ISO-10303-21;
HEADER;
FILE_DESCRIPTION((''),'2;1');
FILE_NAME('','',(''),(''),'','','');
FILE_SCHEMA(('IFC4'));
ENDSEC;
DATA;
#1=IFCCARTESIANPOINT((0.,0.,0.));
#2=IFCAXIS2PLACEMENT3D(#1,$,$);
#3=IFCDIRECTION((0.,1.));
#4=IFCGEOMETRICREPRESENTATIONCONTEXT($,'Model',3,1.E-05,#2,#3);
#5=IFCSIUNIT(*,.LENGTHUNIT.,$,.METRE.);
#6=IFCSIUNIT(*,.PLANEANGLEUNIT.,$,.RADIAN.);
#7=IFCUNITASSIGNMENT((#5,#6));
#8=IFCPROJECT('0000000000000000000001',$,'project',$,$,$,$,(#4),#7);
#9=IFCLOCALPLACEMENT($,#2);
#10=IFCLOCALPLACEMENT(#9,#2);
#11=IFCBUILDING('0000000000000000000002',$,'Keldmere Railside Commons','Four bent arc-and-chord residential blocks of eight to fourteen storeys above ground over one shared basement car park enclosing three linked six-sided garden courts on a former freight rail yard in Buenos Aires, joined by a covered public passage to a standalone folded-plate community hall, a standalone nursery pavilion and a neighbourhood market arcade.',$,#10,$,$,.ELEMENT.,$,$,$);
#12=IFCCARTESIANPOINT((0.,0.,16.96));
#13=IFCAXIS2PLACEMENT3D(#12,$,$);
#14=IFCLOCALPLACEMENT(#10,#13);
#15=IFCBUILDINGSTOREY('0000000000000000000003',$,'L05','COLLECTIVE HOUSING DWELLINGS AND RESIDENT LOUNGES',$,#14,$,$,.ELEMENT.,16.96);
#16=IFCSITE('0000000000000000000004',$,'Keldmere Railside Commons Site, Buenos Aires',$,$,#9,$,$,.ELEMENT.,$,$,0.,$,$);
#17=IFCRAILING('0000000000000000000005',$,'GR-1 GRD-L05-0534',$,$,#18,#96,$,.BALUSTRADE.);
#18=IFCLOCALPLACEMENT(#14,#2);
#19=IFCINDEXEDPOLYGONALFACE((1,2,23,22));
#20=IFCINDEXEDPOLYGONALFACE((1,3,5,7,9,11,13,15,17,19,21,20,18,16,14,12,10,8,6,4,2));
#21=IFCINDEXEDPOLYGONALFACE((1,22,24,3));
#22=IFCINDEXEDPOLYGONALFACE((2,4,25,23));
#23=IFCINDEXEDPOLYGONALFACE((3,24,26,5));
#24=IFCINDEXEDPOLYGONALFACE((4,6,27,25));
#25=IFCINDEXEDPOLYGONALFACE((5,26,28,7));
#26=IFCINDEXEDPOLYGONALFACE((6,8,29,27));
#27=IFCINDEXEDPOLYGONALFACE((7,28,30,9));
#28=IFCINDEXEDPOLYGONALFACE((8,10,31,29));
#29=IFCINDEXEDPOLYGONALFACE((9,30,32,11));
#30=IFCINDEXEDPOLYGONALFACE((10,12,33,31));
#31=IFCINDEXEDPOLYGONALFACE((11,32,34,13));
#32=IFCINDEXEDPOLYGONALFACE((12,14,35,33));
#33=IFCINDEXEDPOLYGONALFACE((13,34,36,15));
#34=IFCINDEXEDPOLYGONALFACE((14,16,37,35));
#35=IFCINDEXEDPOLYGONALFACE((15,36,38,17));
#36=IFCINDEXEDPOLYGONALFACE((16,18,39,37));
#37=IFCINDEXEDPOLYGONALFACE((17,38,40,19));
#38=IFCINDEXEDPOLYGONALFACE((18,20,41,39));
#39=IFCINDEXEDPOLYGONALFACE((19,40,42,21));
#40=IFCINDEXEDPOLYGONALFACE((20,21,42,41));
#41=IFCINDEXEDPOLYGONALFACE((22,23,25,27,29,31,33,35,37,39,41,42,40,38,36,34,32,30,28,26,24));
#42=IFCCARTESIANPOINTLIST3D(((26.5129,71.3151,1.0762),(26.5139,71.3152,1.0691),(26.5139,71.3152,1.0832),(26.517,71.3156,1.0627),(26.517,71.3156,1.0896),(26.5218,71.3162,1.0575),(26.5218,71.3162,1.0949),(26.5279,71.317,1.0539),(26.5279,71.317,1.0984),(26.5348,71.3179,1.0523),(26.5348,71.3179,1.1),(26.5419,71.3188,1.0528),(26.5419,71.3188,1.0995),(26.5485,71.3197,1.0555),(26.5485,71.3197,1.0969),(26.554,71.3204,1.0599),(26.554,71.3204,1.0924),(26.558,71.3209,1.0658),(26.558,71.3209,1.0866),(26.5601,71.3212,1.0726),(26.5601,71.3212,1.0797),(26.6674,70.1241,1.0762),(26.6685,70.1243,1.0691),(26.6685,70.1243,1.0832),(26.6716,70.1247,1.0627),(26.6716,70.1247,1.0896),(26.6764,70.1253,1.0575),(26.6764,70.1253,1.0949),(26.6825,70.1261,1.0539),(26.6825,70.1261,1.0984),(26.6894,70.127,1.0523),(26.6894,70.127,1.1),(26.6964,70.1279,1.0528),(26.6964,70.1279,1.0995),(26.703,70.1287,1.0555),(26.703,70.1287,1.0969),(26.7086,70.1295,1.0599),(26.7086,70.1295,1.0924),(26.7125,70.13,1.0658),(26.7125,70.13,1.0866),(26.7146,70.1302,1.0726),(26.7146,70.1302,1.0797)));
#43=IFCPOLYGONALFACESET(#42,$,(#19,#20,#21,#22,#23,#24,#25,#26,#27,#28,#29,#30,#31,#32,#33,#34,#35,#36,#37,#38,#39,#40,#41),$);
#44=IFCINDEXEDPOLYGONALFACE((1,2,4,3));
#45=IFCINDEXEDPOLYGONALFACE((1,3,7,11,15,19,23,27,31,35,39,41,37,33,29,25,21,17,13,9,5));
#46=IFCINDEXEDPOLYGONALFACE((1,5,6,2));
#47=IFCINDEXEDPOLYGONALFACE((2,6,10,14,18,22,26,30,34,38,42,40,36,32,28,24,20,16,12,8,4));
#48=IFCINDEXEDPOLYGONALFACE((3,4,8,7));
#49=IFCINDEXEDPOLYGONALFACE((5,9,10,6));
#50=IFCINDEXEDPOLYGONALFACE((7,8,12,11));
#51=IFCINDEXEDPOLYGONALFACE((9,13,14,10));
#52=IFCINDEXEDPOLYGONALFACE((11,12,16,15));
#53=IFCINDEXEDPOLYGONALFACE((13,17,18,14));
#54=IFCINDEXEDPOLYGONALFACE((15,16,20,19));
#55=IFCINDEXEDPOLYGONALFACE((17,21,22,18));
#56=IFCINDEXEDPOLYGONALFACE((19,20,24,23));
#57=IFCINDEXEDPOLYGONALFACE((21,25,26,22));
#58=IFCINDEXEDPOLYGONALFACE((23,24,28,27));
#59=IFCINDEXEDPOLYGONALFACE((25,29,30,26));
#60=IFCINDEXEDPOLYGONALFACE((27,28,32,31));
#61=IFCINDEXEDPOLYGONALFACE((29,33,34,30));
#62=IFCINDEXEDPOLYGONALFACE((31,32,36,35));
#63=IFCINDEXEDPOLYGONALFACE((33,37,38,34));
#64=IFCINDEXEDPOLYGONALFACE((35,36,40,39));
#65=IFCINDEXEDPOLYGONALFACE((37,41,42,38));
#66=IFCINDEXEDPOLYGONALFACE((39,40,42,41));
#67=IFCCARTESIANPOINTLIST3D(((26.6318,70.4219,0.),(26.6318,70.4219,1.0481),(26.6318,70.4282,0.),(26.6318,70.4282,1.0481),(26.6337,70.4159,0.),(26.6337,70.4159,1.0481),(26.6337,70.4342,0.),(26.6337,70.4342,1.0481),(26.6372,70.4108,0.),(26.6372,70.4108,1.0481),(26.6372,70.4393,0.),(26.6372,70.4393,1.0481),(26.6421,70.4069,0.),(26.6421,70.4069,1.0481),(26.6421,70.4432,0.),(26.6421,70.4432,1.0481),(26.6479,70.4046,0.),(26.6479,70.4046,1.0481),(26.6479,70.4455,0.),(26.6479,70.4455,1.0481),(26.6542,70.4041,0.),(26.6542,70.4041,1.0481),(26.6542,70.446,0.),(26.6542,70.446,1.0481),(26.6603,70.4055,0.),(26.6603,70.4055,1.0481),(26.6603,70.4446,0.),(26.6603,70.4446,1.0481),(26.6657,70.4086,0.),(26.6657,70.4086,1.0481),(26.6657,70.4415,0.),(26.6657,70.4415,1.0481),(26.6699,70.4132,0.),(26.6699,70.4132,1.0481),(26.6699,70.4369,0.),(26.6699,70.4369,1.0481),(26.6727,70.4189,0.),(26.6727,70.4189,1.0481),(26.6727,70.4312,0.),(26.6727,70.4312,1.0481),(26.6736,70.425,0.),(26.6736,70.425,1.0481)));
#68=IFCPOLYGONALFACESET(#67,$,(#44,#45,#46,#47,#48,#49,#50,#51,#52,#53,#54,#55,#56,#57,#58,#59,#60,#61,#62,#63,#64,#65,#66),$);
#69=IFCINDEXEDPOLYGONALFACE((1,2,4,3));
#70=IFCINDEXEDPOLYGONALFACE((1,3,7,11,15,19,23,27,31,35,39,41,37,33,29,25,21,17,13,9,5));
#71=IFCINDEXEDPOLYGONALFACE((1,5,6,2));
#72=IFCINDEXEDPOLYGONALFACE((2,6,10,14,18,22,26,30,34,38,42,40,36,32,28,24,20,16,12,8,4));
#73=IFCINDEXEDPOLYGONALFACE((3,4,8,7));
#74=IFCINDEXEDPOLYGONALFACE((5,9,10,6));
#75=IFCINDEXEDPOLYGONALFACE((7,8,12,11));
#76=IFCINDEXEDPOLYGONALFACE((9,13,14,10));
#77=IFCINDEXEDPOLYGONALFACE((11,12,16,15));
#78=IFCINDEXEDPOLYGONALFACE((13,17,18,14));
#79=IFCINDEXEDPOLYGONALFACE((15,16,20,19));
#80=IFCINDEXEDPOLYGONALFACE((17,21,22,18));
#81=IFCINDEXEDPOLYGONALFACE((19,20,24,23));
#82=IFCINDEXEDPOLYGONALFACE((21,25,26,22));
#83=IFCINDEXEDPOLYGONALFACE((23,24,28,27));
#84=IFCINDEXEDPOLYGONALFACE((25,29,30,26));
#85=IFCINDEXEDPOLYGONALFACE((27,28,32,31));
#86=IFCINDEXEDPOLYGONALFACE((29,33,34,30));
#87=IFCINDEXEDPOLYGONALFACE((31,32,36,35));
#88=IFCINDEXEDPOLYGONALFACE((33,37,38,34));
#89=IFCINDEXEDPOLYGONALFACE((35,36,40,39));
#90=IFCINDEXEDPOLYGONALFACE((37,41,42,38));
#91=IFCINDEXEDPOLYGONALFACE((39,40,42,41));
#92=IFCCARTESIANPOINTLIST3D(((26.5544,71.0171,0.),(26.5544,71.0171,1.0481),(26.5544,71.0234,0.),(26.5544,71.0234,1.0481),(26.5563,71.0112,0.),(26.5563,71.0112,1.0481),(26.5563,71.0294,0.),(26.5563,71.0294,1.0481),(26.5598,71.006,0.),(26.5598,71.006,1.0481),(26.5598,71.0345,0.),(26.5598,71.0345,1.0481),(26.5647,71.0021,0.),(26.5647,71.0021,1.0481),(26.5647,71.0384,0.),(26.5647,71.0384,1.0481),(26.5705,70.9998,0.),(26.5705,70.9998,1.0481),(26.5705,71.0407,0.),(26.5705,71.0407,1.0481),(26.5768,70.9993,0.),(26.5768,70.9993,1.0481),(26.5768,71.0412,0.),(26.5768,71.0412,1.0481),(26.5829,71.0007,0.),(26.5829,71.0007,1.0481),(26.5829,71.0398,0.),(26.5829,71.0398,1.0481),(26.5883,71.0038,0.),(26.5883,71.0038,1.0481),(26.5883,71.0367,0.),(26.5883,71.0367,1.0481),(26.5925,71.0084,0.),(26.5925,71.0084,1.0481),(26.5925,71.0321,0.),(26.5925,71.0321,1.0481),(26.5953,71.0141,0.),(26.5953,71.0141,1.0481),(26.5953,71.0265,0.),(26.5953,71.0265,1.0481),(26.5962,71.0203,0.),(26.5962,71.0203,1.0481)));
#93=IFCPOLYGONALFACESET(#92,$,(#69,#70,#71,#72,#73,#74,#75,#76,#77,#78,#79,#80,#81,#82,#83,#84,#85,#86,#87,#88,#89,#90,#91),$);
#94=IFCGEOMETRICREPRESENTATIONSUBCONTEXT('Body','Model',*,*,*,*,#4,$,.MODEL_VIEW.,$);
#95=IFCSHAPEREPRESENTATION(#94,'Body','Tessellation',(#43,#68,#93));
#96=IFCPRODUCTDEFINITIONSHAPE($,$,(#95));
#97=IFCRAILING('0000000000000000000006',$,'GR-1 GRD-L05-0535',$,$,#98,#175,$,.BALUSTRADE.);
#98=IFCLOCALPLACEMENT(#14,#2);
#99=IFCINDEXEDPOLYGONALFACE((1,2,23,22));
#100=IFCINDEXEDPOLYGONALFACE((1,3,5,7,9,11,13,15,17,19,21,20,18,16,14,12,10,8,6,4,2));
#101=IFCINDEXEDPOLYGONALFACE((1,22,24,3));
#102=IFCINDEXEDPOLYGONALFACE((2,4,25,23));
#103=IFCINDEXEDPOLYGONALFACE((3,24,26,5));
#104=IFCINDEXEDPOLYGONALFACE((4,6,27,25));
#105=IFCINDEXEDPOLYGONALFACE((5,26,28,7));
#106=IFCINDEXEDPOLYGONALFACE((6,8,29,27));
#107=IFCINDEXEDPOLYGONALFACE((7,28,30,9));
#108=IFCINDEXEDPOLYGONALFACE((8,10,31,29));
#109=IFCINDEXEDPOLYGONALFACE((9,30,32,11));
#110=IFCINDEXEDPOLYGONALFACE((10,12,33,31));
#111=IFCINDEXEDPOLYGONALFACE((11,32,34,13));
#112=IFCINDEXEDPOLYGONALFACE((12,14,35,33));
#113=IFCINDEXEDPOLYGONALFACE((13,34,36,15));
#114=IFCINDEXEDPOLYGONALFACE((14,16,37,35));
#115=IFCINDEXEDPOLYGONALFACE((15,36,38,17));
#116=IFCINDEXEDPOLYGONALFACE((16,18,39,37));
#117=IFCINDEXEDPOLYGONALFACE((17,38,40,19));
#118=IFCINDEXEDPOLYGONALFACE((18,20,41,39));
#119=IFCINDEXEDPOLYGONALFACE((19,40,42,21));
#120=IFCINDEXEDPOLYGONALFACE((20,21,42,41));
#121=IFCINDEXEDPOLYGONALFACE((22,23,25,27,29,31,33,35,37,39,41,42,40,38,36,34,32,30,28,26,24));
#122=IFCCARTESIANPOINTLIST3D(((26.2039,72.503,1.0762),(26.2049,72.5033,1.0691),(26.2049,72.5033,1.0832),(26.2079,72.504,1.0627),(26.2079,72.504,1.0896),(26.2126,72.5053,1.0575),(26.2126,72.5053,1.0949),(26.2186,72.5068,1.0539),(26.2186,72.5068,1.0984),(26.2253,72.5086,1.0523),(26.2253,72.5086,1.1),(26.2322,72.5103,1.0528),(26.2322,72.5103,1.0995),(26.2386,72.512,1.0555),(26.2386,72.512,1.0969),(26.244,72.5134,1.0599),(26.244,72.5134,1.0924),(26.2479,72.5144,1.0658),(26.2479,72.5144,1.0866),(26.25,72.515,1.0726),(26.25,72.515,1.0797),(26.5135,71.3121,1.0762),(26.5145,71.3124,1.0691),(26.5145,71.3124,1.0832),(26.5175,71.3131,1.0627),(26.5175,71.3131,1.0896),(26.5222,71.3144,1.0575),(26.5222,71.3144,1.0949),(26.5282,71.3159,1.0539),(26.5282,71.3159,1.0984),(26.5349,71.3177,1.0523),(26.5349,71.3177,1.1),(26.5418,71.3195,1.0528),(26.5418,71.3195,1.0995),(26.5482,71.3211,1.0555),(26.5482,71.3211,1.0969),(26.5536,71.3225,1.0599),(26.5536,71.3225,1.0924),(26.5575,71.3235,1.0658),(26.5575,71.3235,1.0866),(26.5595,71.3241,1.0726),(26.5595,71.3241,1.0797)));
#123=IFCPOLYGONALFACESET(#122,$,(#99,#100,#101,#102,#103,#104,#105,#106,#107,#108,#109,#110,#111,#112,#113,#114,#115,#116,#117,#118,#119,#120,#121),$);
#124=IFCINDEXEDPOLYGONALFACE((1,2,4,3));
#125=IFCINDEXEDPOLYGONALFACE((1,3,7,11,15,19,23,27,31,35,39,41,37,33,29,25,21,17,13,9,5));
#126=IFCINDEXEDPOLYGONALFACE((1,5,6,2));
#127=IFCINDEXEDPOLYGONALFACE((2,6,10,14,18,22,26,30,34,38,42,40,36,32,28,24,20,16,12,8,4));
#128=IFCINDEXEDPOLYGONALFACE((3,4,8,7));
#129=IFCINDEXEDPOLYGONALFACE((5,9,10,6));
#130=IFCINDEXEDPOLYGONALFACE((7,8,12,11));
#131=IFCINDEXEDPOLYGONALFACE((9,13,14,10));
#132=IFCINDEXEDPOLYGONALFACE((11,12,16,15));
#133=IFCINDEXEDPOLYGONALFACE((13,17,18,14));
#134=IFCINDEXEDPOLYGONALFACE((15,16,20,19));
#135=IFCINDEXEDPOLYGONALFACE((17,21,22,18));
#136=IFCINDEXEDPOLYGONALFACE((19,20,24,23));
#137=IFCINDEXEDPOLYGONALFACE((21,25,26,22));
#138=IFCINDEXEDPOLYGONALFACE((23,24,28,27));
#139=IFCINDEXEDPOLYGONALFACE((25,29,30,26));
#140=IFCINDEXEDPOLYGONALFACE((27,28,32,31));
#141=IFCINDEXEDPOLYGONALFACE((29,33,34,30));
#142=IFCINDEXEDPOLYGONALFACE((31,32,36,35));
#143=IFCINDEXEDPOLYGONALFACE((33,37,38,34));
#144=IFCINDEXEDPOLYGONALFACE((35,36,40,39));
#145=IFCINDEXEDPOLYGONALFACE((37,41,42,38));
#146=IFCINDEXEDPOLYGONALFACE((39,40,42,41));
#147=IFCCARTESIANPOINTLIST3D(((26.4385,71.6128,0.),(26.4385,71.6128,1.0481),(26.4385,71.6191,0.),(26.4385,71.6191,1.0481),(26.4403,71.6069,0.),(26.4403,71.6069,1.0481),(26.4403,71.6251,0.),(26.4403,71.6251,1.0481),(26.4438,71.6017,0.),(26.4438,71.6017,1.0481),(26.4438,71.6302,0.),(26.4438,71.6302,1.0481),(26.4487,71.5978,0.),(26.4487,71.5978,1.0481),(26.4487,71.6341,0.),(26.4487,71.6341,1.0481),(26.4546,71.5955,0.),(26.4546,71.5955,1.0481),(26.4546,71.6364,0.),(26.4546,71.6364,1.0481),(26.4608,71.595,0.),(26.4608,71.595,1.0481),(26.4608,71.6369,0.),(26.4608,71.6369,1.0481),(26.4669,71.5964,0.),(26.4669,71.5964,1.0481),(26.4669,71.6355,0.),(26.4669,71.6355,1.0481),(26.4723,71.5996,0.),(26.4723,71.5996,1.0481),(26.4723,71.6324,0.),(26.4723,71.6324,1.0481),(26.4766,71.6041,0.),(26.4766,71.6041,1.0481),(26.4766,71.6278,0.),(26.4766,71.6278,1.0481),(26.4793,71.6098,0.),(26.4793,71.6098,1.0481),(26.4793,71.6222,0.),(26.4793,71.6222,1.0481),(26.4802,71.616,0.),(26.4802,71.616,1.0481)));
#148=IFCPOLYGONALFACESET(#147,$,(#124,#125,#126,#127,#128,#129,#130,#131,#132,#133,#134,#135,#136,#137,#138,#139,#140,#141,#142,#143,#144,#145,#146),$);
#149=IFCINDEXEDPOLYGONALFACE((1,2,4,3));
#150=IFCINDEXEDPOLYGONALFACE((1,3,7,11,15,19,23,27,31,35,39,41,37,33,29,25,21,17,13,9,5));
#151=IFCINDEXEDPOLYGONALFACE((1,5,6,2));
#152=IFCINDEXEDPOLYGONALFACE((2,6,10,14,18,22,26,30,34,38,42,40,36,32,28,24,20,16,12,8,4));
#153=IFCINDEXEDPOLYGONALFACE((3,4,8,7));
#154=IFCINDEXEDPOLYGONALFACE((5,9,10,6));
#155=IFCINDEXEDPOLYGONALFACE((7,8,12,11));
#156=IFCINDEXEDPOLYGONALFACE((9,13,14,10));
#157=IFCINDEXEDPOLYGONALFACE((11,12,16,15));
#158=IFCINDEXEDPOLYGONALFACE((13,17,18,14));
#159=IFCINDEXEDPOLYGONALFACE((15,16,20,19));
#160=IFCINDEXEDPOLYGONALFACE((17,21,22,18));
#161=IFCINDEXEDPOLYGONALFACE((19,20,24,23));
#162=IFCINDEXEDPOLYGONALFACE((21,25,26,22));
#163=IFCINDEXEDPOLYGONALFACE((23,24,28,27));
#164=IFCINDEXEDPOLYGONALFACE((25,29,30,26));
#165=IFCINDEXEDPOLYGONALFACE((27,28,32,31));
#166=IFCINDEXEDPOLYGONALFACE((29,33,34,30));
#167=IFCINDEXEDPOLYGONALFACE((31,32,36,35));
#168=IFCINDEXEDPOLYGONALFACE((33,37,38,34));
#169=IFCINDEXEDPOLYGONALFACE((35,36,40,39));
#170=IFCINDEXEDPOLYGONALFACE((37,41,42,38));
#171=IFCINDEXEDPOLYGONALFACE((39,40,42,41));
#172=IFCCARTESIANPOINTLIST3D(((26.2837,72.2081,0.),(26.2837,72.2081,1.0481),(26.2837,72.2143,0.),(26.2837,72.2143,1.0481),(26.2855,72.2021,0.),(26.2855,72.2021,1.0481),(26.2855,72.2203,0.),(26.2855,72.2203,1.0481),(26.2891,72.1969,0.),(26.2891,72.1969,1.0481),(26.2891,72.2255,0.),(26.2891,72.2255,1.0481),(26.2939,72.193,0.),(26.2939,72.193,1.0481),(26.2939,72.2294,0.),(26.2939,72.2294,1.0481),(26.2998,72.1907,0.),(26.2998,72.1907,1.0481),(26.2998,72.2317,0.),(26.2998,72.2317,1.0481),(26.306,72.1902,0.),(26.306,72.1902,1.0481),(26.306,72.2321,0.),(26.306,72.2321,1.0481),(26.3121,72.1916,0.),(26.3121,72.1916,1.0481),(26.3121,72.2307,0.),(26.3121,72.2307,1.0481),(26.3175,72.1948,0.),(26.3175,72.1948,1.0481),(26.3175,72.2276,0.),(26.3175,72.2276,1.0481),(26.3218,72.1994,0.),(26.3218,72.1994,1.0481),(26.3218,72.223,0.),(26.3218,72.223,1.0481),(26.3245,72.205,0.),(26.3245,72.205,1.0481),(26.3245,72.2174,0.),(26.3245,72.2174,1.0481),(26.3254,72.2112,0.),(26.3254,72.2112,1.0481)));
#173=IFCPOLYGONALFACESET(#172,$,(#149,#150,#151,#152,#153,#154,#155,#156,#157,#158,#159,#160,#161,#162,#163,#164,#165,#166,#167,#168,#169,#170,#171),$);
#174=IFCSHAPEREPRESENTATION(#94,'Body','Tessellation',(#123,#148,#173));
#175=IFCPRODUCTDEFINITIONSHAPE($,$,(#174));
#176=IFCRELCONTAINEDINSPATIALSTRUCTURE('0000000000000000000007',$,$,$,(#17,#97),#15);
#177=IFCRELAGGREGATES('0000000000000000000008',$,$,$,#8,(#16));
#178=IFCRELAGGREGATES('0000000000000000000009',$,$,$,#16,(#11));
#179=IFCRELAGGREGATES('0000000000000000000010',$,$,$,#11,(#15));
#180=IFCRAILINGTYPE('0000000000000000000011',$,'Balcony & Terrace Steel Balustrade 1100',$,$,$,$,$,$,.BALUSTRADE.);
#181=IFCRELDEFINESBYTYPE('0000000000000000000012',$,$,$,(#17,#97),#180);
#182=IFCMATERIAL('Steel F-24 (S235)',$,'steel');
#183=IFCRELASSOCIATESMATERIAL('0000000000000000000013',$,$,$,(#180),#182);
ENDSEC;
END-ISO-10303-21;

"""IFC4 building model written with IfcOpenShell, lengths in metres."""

from ifc_helpers import new_model, si_unit, direction, frame, origin, origin_2d, place, context, subcontext, project, spatial, circle, extrude, material, type_object, element, save


model = new_model("IFC4")

# Units and contexts
model_context = context("Model", 3, precision=1e-05, world=origin(), true_north=direction((0.0, 1.0)))
body_context = subcontext(model_context, "Body", "Model", "MODEL_VIEW")
ifc_project = project(units=[si_unit("LENGTHUNIT", "METRE"), si_unit("PLANEANGLEUNIT", "RADIAN")], contexts=[model_context])

# Site, building, storey
site_placement = place(None, origin())
site = spatial("IfcSite", under=ifc_project, at=site_placement, Name="Keldmere Railside Commons Site, Buenos Aires", CompositionType="ELEMENT", RefElevation=0.0)
building_placement = place(site_placement, origin())
building = spatial("IfcBuilding", under=site, at=building_placement, Name="Keldmere Railside Commons", Description="Four bent arc-and-chord residential blocks of eight to fourteen storeys above ground over one shared basement car park enclosing three linked six-sided garden courts on a former freight rail yard in Buenos Aires, joined by a covered public passage to a standalone folded-plate community hall, a standalone nursery pavilion and a neighbourhood market arcade.", CompositionType="ELEMENT")
storey_placement = place(building_placement, frame((0.0, 0.0, 16.96)))
storey = spatial("IfcBuildingStorey", under=building, at=storey_placement, Name="L05", Description="COLLECTIVE HOUSING DWELLINGS AND RESIDENT LOUNGES", CompositionType="ELEMENT", Elevation=16.96)

# Railings
ifc_material_1 = material(Name="Steel F-24 (S235)", Category="steel")
railing_type = type_object("IfcRailingType", Name="Balcony & Terrace Steel Balustrade 1100", PredefinedType="BALUSTRADE", material=ifc_material_1)
railing_1_placement = place(storey_placement, frame((26.6912, 70.1272, 0.0)))
element("IfcRailing", 1, at=railing_1_placement, inside=storey, type_object=railing_type, Name="GR-1 GRD-L05-0534", PredefinedType="BALUSTRADE", context=body_context, shape_type="SweptSolid", body=[
    extrude(circle(Radius=0.0239, at=origin_2d()), frame((0.0, 0.0, 1.0762), z_axis=(-0.128687, 0.991685, 0.0), x_axis=(-0.991685, -0.128687, 0.0)), (0.0, 0.0, 1.0), 1.2009),
    extrude(circle(Radius=0.021, at=origin_2d()), frame((-0.0386, 0.2979, 0.0)), (0.0, 0.0, 1.0), 1.0481),
    extrude(circle(Radius=0.021, at=origin_2d()), frame((-0.116, 0.8931, 0.0)), (0.0, 0.0, 1.0), 1.0481),
])
railing_2_placement = place(storey_placement, frame((26.5366, 71.3181, 0.0)))
element("IfcRailing", 2, at=railing_2_placement, inside=storey, type_object=railing_type, Name="GR-1 GRD-L05-0535", PredefinedType="BALUSTRADE", context=body_context, shape_type="SweptSolid", body=[
    extrude(circle(Radius=0.0239, at=origin_2d()), frame((0.0, 0.0, 1.0762), z_axis=(-0.251582, 0.967836, 0.0), x_axis=(-0.967836, -0.251582, 0.0)), (0.0, 0.0, 1.0), 1.2305),
    extrude(circle(Radius=0.021, at=origin_2d()), frame((-0.0774, 0.2979, 0.0)), (0.0, 0.0, 1.0), 1.0481),
    extrude(circle(Radius=0.021, at=origin_2d()), frame((-0.2322, 0.8931, 0.0)), (0.0, 0.0, 1.0), 1.0481),
])

save(model, "model.ifc")
